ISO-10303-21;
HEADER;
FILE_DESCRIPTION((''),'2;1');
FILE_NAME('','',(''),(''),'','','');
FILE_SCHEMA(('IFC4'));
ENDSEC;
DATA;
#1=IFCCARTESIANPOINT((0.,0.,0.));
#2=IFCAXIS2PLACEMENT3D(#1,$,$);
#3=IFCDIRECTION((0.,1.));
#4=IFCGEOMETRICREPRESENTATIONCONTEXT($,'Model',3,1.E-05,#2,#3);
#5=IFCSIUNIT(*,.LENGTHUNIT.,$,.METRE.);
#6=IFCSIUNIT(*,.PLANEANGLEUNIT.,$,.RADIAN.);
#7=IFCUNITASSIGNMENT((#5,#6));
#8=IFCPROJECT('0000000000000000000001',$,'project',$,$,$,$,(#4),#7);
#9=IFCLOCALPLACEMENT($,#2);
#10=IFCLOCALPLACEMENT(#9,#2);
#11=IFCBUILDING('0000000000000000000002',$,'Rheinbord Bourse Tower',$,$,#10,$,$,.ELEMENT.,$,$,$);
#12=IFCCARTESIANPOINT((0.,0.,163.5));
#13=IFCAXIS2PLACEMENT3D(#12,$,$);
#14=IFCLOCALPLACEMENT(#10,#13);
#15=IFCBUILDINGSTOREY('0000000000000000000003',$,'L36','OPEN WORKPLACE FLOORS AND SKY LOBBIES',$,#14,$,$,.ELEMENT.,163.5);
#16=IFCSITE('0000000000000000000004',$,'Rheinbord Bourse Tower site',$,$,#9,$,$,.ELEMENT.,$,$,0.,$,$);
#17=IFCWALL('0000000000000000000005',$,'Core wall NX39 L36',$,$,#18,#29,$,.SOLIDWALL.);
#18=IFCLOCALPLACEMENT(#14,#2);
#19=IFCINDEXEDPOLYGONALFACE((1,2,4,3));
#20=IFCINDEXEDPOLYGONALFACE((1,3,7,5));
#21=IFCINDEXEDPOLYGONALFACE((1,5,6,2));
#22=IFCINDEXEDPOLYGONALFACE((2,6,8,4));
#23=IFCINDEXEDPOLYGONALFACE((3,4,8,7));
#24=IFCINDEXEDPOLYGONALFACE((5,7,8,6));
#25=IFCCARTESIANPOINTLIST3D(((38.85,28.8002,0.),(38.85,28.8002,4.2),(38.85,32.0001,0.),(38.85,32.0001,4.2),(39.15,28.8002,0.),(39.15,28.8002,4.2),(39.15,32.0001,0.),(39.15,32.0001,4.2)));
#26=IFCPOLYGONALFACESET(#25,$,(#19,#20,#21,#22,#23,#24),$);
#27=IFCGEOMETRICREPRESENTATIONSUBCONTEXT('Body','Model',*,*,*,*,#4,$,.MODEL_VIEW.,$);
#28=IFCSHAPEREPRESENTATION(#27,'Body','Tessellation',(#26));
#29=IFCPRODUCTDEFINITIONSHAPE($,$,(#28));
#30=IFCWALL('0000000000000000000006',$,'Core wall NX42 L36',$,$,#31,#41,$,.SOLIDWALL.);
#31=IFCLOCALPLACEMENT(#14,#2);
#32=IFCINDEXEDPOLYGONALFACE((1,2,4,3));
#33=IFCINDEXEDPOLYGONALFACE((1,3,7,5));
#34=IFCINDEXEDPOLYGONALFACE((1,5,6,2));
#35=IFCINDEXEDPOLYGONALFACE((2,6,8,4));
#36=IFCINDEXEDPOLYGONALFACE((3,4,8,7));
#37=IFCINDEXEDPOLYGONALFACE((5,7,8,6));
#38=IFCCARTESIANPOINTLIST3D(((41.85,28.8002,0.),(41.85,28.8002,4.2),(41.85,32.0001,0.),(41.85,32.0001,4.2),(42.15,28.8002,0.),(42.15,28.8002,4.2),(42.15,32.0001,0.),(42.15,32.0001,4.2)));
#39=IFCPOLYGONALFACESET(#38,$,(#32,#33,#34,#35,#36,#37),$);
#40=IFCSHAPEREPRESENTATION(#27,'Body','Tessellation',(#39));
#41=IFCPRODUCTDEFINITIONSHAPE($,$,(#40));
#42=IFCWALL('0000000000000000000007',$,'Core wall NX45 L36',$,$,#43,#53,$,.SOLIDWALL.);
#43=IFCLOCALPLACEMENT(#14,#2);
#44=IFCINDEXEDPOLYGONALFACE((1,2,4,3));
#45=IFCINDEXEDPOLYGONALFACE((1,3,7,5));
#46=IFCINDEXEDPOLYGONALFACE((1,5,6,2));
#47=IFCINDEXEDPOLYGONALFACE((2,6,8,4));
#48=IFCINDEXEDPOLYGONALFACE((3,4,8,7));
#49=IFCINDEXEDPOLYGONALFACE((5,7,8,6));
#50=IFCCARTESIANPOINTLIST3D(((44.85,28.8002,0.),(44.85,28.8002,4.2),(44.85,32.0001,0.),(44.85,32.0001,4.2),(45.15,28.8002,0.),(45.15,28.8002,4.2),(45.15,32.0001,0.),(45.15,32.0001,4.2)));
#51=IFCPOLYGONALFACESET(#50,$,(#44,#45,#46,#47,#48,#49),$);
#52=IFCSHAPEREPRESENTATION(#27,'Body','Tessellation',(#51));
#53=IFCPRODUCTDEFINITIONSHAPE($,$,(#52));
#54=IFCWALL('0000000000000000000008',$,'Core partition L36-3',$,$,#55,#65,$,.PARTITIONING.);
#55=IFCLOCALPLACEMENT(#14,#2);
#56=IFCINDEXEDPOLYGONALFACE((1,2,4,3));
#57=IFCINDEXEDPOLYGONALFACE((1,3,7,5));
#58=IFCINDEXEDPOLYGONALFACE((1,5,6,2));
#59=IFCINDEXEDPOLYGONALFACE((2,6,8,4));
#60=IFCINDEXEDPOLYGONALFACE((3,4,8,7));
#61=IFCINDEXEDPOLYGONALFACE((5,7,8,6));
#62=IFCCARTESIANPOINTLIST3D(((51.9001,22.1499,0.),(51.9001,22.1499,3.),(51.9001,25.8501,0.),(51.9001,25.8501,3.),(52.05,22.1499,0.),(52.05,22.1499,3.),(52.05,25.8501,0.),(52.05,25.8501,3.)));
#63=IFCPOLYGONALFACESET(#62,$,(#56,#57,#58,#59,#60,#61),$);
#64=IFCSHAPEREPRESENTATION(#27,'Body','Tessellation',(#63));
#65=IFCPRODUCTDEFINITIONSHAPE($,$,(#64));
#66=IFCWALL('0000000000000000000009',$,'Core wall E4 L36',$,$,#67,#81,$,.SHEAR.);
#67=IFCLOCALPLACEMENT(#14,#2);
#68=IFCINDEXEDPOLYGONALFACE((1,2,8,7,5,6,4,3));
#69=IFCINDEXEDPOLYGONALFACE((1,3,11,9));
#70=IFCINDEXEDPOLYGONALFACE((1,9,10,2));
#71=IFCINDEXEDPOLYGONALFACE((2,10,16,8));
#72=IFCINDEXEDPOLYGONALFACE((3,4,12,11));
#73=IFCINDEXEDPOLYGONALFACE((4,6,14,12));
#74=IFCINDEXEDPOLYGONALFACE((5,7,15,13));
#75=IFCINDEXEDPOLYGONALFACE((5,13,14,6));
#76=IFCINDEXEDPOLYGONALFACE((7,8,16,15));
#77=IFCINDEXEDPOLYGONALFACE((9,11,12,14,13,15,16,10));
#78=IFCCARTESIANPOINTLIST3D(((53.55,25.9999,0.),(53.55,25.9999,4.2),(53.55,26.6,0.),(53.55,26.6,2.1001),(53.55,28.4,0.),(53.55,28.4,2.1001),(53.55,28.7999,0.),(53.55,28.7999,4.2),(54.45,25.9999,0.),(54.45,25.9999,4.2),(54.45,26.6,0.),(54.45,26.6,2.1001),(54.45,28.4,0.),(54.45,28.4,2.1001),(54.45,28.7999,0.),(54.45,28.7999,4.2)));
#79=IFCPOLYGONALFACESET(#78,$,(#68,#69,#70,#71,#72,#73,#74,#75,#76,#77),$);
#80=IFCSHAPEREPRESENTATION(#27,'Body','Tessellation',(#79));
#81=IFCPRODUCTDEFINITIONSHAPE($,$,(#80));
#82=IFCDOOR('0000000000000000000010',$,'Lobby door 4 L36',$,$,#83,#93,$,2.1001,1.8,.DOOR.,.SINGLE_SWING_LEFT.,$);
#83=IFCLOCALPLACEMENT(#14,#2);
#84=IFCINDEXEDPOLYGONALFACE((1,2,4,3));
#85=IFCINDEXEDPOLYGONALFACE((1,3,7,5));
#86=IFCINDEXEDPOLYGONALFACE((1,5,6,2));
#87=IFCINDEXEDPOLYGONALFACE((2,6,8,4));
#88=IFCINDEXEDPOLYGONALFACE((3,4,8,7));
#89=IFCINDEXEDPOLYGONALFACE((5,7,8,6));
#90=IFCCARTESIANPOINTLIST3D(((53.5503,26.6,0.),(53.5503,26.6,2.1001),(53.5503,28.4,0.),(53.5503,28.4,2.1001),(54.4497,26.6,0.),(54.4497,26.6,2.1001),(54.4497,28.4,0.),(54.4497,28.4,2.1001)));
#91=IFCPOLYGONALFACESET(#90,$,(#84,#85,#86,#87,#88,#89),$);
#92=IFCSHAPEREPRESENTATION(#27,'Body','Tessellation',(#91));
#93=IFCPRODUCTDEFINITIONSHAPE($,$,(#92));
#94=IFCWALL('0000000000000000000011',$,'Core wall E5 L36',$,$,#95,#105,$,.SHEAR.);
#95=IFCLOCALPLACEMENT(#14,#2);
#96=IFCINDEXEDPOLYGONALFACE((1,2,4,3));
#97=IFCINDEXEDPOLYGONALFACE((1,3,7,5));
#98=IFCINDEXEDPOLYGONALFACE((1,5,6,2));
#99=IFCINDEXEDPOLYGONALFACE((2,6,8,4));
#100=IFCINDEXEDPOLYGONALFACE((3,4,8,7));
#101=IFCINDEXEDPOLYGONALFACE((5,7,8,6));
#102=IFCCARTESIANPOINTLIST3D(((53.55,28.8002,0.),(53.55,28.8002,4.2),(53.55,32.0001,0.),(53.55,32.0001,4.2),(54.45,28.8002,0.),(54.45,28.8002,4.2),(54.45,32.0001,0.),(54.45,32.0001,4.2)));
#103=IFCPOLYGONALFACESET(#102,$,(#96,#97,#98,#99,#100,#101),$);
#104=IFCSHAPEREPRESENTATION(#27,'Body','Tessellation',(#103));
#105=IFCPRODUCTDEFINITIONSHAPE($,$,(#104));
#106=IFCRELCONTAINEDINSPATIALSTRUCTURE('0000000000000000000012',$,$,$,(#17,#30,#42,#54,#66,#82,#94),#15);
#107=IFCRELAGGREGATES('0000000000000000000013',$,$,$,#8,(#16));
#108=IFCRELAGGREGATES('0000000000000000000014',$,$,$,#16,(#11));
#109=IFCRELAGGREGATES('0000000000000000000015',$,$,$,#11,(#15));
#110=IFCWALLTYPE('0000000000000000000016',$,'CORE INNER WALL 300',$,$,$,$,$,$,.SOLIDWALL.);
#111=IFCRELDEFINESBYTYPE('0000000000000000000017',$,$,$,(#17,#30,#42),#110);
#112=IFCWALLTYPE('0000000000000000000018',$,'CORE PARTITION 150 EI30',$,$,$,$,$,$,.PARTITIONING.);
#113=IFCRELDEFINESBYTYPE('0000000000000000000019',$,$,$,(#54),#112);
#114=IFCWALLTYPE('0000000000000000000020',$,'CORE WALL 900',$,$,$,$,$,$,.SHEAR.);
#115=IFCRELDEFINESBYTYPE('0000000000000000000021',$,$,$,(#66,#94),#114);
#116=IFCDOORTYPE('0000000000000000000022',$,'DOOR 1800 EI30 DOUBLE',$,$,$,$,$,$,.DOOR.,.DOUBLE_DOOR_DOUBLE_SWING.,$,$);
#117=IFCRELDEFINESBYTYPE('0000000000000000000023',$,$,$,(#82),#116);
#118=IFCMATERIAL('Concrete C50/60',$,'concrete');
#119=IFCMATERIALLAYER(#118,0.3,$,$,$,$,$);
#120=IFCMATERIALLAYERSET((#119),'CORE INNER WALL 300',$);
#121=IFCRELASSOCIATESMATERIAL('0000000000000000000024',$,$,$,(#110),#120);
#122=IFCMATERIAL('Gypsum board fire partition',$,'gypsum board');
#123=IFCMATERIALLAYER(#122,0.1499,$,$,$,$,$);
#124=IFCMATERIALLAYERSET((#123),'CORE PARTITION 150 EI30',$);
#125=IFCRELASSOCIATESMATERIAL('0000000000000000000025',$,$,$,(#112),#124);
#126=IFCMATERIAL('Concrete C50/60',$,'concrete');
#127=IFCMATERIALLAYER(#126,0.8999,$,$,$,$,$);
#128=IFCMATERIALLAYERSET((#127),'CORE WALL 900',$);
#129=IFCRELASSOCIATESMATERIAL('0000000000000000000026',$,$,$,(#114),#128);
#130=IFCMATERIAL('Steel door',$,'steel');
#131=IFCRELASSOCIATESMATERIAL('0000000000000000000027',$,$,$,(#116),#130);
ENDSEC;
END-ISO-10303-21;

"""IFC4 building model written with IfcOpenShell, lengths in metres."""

from ifc_helpers import new_model, si_unit, direction, frame, frame_2d, origin, place, context, subcontext, project, spatial, rectangle, extrude, material, layer, layer_set, type_object, element, fill, save


model = new_model("IFC4")

# Units and contexts
model_context = context("Model", 3, precision=1e-05, world=origin(), true_north=direction((0.0, 1.0)))
body_context = subcontext(model_context, "Body", "Model", "MODEL_VIEW")
ifc_project = project(units=[si_unit("LENGTHUNIT", "METRE"), si_unit("PLANEANGLEUNIT", "RADIAN")], contexts=[model_context])

# Site, building, storey
site_placement = place(None, origin())
site = spatial("IfcSite", under=ifc_project, at=site_placement, Name="Rheinbord Bourse Tower site", CompositionType="ELEMENT", RefElevation=0.0)
building_placement = place(site_placement, origin())
building = spatial("IfcBuilding", under=site, at=building_placement, Name="Rheinbord Bourse Tower", CompositionType="ELEMENT")
storey_placement = place(building_placement, frame((0.0, 0.0, 163.5)))
storey = spatial("IfcBuildingStorey", under=building, at=storey_placement, Name="L36", Description="OPEN WORKPLACE FLOORS AND SKY LOBBIES", CompositionType="ELEMENT", Elevation=163.5)

# Shared definitions
ifc_material_1 = material(Name="Concrete C50/60", Category="concrete")
ifc_layer_1 = layer(ifc_material_1, 0.3)
ifc_layer_set_1 = layer_set([ifc_layer_1], Name="CORE INNER WALL 300")
wall_type_1 = type_object("IfcWallType", Name="CORE INNER WALL 300", PredefinedType="SOLIDWALL", material=ifc_layer_set_1)

# Walls
for number, where, z_axis, x_axis, name in (
    (1, (39.0, 28.8, 0.0), (0.0, 0.0, 1.0), (0.0, 1.0, 0.0), "Core wall NX39 L36"),
    (2, (42.0, 28.8, 0.0), (0.0, 0.0, 1.0), (0.0, 1.0, 0.0), "Core wall NX42 L36"),
    (3, (45.0, 28.8, 0.0), (0.0, 0.0, 1.0), (0.0, 1.0, 0.0), "Core wall NX45 L36"),
):
    element("IfcWall", number, at=place(storey_placement, frame(where, z_axis=z_axis, x_axis=x_axis)), inside=storey, type_object=wall_type_1, Name=name, PredefinedType="SOLIDWALL", context=body_context, shape_type="SweptSolid", body=[
        extrude(rectangle(XDim=3.2, YDim=0.3, at=frame_2d((1.6001, 0.0))), origin(), (0.0, 0.0, 1.0), 4.2),
    ])
ifc_material_2 = material(Name="Gypsum board fire partition", Category="gypsum board")
ifc_layer_2 = layer(ifc_material_2, 0.1499)
ifc_layer_set_2 = layer_set([ifc_layer_2], Name="CORE PARTITION 150 EI30")
wall_type_2 = type_object("IfcWallType", Name="CORE PARTITION 150 EI30", PredefinedType="PARTITIONING", material=ifc_layer_set_2)
wall_1_placement = place(storey_placement, frame((51.9751, 22.1499, 0.0), z_axis=(0.0, 0.0, 1.0), x_axis=(0.0, 1.0, 0.0)))
element("IfcWall", 4, at=wall_1_placement, inside=storey, type_object=wall_type_2, Name="Core partition L36-3", PredefinedType="PARTITIONING", context=body_context, shape_type="SweptSolid", body=[
    extrude(rectangle(XDim=3.7002, YDim=0.1499, at=frame_2d((1.8501, 0.0))), origin(), (0.0, 0.0, 1.0), 3.0),
])

# Wall, opening, door
ifc_material_3 = material(Name="Concrete C50/60", Category="concrete")
ifc_layer_3 = layer(ifc_material_3, 0.8999)
ifc_layer_set_3 = layer_set([ifc_layer_3], Name="CORE WALL 900")
wall_type_3 = type_object("IfcWallType", Name="CORE WALL 900", PredefinedType="SHEAR", material=ifc_layer_set_3)
wall_2_placement = place(storey_placement, frame((54.0, 26.0, 0.0), z_axis=(0.0, 0.0, 1.0), x_axis=(0.0, 1.0, 0.0)))
wall_2 = element("IfcWall", 5, at=wall_2_placement, inside=storey, type_object=wall_type_3, Name="Core wall E4 L36", PredefinedType="SHEAR", context=body_context, shape_type="SweptSolid", body=[
    extrude(rectangle(XDim=2.8, YDim=0.8999, at=frame_2d((1.3999, 0.0))), origin(), (0.0, 0.0, 1.0), 4.2),
])
opening_1_placement = place(wall_2_placement, frame((0.6001, 0.0, 0.0)))
opening_1 = element("IfcOpeningElement", 6, at=opening_1_placement, cuts=wall_2, PredefinedType="OPENING", context=body_context, shape_type="SweptSolid", body=[
    extrude(rectangle(XDim=1.8, YDim=2.1001, at=frame_2d((0.8999, 1.05))), frame((0.0, 0.46, 0.0), z_axis=(0.0, -1.0, 0.0), x_axis=(1.0, 0.0, 0.0)), (0.0, 0.0, 1.0), 0.9199),
])
ifc_material_4 = material(Name="Steel door", Category="steel")
door_type_1 = type_object("IfcDoorType", Name="DOOR 1800 EI30 DOUBLE", OperationType="DOUBLE_DOOR_DOUBLE_SWING", PredefinedType="DOOR", material=ifc_material_4)
door_1_placement = place(opening_1_placement, origin())
door_1 = element("IfcDoor", 7, at=door_1_placement, inside=storey, type_object=door_type_1, Name="Lobby door 4 L36", OperationType="SINGLE_SWING_LEFT", OverallHeight=2.1001, OverallWidth=1.8, PredefinedType="DOOR", context=body_context, shape_type="SweptSolid", body=[
    extrude(rectangle(XDim=1.8, YDim=2.1001, at=frame_2d((0.8999, 1.05))), frame((0.0, 0.4497, 0.0), z_axis=(0.0, -1.0, 0.0), x_axis=(1.0, 0.0, 0.0)), (0.0, 0.0, 1.0), 0.8994),
])
fill(opening_1, door_1)

# Wall
wall_3_placement = place(storey_placement, frame((54.0, 28.8, 0.0), z_axis=(0.0, 0.0, 1.0), x_axis=(0.0, 1.0, 0.0)))
element("IfcWall", 8, at=wall_3_placement, inside=storey, type_object=wall_type_3, Name="Core wall E5 L36", PredefinedType="SHEAR", context=body_context, shape_type="SweptSolid", body=[
    extrude(rectangle(XDim=3.2, YDim=0.8999, at=frame_2d((1.6001, 0.0))), origin(), (0.0, 0.0, 1.0), 4.2),
])

save(model, "model.ifc")
